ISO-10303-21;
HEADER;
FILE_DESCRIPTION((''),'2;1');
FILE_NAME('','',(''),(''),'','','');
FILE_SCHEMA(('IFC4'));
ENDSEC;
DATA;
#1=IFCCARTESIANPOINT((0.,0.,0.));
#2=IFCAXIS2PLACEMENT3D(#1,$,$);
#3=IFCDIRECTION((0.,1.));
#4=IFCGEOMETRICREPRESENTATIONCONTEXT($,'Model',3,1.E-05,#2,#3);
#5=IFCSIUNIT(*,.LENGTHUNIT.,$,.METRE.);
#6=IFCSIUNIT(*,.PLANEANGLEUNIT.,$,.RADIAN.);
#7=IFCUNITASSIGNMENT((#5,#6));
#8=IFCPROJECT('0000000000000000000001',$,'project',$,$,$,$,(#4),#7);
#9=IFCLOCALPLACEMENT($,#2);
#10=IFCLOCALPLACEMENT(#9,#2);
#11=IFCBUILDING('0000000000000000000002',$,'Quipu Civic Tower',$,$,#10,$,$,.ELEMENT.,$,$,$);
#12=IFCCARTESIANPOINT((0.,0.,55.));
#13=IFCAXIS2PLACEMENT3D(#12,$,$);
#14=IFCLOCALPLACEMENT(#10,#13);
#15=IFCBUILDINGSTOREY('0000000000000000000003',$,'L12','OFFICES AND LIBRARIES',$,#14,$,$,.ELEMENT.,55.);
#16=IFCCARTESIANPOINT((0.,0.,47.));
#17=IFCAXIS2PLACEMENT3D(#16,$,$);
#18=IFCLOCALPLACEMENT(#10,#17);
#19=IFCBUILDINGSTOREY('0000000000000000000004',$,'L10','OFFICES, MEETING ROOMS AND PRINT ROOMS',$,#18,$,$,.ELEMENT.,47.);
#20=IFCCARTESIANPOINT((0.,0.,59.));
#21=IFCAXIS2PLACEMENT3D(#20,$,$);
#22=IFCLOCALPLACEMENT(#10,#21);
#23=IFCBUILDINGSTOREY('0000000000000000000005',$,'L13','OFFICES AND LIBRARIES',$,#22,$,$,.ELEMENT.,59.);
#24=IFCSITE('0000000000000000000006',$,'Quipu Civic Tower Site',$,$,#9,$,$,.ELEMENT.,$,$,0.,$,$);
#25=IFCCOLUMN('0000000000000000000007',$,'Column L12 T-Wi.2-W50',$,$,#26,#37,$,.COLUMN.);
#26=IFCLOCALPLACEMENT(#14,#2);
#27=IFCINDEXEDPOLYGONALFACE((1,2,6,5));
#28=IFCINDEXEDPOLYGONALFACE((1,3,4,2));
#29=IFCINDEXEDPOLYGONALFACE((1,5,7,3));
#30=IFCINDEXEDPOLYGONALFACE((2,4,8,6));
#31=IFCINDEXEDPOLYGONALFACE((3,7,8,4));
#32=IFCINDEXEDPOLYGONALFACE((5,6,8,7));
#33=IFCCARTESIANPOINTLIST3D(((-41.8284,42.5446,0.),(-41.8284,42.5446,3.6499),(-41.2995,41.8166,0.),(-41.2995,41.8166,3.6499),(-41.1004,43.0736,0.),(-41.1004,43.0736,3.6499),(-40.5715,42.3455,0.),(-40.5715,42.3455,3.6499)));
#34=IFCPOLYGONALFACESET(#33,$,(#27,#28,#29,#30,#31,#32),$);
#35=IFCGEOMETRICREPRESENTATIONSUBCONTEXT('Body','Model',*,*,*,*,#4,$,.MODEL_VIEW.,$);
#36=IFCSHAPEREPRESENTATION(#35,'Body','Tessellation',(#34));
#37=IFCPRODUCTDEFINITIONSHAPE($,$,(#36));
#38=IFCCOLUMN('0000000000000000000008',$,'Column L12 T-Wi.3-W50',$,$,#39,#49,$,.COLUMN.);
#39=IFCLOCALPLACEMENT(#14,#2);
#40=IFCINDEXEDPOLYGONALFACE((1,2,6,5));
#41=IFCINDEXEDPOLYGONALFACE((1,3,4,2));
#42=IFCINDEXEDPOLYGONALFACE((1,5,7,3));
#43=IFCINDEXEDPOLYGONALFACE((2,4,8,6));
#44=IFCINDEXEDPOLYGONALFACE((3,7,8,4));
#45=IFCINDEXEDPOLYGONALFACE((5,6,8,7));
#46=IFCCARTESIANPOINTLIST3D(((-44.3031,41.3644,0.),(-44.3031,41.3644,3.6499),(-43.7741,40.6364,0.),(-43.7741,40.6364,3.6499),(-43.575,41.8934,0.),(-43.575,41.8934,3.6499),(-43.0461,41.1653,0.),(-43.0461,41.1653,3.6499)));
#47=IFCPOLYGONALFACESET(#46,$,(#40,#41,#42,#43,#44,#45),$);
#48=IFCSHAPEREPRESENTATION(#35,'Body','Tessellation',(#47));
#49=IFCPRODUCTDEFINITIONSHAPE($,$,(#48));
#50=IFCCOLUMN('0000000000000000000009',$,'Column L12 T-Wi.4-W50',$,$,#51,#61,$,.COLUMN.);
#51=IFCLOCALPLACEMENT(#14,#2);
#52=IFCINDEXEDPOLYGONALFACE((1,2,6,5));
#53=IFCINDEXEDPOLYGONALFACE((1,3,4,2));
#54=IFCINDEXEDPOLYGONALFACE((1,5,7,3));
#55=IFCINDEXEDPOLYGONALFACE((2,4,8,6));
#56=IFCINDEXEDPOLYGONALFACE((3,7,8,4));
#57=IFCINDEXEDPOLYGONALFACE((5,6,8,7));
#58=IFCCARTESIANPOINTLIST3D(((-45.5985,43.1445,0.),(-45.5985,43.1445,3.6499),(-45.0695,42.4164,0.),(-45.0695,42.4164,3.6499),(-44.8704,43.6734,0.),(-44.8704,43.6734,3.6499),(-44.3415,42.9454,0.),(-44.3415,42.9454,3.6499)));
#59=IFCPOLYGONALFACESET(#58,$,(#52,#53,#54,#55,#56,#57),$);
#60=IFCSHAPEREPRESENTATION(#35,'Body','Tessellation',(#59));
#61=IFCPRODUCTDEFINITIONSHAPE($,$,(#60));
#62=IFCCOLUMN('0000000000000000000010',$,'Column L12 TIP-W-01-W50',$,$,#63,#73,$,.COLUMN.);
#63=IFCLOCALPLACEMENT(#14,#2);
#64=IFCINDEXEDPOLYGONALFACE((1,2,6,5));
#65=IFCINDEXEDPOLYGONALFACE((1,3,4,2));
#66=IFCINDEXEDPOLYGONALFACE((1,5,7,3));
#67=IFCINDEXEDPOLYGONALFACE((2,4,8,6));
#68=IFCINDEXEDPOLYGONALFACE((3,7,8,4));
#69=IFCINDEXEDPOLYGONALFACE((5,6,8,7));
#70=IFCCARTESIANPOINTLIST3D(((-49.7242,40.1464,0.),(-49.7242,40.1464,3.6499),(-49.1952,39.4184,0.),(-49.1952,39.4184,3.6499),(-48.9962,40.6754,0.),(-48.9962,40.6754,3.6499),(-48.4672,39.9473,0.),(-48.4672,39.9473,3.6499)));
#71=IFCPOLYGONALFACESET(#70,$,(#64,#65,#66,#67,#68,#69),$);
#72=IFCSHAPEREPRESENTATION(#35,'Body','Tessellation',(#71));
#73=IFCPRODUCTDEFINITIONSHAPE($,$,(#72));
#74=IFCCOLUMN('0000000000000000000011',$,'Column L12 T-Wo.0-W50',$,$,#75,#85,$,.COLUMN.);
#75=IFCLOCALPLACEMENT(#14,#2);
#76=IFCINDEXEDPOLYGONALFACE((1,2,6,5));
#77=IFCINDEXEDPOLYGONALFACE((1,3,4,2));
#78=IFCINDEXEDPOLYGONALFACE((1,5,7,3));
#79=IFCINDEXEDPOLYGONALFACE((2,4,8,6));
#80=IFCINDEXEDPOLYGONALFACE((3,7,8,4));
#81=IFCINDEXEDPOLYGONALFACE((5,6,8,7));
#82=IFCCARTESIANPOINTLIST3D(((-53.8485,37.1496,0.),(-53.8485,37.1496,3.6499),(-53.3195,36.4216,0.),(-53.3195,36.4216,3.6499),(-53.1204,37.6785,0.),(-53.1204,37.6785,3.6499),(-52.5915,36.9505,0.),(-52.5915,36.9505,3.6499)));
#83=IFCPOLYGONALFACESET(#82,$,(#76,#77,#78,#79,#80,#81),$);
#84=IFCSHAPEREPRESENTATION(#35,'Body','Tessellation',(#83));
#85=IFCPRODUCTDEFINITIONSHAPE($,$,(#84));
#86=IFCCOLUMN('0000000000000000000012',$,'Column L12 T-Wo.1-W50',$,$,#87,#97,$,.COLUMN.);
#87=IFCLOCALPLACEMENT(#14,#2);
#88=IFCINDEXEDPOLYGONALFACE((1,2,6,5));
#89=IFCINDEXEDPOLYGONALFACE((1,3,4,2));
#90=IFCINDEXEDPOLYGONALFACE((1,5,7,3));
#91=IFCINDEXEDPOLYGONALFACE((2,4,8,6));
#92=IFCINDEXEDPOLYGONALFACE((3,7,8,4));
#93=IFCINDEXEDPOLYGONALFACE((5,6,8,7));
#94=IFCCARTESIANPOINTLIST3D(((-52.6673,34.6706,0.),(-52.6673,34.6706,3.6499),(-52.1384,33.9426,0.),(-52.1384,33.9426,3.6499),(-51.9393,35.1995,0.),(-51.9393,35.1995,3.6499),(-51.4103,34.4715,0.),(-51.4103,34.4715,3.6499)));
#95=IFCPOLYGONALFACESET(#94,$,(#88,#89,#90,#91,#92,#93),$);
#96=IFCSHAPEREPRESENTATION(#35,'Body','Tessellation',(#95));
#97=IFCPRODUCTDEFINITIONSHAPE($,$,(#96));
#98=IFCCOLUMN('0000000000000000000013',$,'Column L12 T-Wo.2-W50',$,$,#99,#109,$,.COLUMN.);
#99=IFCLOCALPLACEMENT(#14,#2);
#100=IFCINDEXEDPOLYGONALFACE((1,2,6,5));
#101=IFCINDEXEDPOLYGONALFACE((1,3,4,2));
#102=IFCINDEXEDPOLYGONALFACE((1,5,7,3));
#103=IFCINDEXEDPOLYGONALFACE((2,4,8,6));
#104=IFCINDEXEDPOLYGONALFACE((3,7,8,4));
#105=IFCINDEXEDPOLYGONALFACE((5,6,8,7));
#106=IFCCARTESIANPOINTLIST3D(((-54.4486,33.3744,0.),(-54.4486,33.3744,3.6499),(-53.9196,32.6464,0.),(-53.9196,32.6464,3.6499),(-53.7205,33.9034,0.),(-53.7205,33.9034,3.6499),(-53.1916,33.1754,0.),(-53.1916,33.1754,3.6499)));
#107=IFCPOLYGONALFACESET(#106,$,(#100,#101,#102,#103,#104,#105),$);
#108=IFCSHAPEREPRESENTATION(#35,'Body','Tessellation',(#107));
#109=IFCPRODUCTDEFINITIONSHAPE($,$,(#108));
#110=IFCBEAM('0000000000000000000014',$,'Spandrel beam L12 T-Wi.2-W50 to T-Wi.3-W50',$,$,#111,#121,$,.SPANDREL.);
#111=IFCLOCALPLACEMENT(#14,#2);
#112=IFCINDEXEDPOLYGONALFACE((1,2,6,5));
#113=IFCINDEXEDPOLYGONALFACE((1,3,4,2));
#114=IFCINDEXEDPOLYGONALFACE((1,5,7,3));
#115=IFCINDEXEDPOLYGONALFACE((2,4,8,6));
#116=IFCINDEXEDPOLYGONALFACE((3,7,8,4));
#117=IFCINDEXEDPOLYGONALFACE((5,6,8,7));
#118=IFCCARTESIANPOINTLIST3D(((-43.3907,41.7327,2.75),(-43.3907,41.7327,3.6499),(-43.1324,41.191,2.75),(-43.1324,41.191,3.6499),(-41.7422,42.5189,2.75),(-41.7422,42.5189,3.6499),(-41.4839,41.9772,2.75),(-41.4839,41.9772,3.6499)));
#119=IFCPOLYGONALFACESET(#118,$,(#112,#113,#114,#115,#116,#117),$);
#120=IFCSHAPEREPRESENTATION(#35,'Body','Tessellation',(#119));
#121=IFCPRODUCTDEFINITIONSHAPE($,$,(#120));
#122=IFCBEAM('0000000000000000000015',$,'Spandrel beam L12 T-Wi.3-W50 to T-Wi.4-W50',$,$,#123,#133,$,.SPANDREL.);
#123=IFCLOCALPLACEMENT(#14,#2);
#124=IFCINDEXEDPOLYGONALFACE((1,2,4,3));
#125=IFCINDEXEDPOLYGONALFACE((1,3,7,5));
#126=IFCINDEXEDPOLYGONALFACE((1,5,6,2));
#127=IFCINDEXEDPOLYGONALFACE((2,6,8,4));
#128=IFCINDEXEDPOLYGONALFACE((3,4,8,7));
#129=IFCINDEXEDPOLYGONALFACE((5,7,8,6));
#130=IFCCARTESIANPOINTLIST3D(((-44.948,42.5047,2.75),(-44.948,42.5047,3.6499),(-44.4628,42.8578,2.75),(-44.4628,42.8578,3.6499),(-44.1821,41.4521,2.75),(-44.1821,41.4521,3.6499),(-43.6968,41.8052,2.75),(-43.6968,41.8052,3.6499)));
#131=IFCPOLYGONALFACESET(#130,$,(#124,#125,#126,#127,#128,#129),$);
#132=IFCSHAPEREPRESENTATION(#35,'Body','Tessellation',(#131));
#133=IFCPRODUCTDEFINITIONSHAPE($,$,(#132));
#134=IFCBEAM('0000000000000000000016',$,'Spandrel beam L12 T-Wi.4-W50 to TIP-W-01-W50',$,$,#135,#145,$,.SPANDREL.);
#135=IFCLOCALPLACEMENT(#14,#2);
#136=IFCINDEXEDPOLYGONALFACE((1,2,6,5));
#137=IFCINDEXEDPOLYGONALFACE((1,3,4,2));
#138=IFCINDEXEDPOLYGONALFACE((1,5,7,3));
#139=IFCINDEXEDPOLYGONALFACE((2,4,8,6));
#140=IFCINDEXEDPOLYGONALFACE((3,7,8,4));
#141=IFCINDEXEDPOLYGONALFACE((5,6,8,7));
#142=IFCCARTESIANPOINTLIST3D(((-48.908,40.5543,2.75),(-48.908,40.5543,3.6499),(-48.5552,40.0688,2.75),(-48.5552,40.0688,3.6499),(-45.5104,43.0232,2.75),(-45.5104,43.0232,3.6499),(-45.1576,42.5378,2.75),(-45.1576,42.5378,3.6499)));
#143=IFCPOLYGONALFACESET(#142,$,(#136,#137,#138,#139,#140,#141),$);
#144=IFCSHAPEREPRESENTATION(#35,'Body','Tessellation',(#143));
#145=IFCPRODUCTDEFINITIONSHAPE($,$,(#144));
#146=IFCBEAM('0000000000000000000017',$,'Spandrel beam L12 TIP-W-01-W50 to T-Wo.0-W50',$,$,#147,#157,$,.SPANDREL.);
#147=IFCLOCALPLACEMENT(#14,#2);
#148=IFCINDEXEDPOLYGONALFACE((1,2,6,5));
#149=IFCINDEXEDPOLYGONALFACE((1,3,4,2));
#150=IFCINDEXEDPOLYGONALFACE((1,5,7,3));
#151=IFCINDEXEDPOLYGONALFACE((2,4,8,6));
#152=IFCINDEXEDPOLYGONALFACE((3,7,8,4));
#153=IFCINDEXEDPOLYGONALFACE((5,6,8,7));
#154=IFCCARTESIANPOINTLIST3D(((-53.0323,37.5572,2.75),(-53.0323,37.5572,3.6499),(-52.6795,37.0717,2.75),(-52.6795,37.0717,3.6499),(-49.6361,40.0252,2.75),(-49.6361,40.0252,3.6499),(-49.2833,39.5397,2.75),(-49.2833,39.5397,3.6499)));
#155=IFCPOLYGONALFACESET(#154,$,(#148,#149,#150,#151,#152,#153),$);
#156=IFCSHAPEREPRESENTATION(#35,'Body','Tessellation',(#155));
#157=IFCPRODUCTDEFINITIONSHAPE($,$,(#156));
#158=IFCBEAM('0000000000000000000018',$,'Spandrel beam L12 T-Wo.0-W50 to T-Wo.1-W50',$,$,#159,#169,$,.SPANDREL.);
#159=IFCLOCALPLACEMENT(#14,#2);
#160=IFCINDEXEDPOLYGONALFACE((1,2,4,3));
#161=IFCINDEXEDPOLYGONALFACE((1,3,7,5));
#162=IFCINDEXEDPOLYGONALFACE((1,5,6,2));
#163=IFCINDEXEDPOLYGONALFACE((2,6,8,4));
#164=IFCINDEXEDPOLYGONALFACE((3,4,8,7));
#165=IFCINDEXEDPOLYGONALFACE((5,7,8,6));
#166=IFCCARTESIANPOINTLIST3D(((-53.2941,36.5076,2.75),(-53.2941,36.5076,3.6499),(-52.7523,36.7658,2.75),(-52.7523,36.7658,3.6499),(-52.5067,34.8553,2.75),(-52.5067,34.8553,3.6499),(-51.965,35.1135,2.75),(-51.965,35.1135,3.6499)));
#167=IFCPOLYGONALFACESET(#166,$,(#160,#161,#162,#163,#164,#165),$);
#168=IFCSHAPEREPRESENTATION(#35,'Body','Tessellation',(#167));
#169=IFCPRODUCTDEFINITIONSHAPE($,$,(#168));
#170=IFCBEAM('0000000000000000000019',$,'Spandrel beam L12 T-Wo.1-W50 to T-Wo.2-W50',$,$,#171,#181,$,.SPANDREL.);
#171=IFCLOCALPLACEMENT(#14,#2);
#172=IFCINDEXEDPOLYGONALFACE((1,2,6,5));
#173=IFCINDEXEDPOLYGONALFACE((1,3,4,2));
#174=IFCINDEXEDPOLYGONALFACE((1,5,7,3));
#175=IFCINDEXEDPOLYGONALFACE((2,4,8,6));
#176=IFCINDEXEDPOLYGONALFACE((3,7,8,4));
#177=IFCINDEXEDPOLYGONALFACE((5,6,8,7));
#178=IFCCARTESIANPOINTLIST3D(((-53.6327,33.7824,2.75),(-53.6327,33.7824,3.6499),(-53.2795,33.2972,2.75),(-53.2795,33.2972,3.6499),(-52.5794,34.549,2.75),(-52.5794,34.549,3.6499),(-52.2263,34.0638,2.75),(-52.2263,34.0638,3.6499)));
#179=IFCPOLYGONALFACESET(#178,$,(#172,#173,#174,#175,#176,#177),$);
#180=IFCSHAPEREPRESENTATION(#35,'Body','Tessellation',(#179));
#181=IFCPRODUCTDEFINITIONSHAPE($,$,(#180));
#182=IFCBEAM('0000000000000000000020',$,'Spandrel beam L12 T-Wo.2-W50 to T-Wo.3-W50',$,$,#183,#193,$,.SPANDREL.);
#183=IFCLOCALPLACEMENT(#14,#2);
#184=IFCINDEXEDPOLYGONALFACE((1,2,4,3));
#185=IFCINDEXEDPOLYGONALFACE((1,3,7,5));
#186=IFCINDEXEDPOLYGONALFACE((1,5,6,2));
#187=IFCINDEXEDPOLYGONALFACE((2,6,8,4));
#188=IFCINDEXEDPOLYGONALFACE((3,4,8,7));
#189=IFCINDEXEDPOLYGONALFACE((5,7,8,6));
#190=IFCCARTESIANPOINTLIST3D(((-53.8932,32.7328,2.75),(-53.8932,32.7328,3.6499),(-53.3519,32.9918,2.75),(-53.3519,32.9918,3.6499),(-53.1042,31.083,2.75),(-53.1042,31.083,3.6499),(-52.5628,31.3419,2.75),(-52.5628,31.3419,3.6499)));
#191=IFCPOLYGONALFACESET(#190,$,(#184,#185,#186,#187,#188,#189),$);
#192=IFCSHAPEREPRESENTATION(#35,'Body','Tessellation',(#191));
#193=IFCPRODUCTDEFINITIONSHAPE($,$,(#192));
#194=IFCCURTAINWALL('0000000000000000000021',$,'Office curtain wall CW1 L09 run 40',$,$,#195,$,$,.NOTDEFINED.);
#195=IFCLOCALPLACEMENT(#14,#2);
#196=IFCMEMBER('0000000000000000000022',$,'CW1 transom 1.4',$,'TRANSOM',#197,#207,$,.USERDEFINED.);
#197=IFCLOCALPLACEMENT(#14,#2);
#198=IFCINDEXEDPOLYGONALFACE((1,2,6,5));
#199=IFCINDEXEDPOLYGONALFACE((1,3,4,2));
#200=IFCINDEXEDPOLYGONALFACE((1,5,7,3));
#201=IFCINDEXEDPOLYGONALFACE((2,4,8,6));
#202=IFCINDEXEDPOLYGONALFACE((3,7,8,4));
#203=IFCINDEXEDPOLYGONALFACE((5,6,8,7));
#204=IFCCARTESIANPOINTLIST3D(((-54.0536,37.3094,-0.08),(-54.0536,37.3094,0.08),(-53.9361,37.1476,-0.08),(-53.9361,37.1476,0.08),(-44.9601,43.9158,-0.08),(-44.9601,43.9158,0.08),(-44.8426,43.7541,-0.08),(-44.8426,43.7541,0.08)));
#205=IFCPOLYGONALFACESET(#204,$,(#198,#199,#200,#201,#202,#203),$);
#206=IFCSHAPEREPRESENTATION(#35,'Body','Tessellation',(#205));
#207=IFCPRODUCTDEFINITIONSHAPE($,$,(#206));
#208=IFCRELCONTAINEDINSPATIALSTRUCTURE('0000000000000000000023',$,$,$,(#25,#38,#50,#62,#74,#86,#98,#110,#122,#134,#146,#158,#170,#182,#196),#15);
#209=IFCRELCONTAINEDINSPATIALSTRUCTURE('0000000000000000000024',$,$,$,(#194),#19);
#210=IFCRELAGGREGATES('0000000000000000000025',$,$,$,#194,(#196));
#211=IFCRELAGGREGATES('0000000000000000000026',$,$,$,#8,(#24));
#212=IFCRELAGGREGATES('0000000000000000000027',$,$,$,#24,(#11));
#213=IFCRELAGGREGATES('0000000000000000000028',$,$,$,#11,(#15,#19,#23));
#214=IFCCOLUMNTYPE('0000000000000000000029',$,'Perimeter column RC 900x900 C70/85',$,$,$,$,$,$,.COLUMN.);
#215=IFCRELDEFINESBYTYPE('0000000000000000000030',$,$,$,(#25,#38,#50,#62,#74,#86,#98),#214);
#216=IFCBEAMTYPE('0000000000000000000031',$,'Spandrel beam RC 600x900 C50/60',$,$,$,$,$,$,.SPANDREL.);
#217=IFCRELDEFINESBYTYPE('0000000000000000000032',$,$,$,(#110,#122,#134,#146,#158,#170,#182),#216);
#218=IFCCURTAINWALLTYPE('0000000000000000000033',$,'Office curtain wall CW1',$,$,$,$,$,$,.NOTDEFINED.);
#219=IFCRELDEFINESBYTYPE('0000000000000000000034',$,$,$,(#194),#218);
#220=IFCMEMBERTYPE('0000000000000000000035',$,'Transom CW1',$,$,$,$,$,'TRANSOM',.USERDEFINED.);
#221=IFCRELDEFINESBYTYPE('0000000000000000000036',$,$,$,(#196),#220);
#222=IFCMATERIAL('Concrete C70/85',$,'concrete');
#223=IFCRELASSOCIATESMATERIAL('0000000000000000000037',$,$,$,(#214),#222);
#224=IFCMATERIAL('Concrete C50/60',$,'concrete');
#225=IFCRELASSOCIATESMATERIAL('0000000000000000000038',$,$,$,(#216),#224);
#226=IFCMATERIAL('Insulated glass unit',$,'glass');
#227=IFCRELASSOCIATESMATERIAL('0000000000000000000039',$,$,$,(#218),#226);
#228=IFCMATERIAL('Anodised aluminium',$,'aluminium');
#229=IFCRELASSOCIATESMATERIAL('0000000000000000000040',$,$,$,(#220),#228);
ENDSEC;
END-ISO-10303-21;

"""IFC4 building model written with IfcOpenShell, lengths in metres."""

from ifc_helpers import new_model, si_unit, direction, frame, origin, origin_2d, place, context, subcontext, project, spatial, rectangle, extrude, material, material_profile, profile_set, type_object, element, aggregate, save


model = new_model("IFC4")

# Units and contexts
model_context = context("Model", 3, precision=1e-05, world=origin(), true_north=direction((0.0, 1.0)))
body_context = subcontext(model_context, "Body", "Model", "MODEL_VIEW")
ifc_project = project(units=[si_unit("LENGTHUNIT", "METRE"), si_unit("PLANEANGLEUNIT", "RADIAN")], contexts=[model_context])

# Site, building, storey
site_placement = place(None, origin())
site = spatial("IfcSite", under=ifc_project, at=site_placement, Name="Quipu Civic Tower Site", CompositionType="ELEMENT", RefElevation=0.0)
building_placement = place(site_placement, origin())
building = spatial("IfcBuilding", under=site, at=building_placement, Name="Quipu Civic Tower", CompositionType="ELEMENT")
storey_1_placement = place(building_placement, frame((0.0, 0.0, 55.0)))
storey_1 = spatial("IfcBuildingStorey", under=building, at=storey_1_placement, Name="L12", Description="OFFICES AND LIBRARIES", CompositionType="ELEMENT", Elevation=55.0)

# Columns
ifc_material_1 = material(Name="Concrete C70/85", Category="concrete")
ifc_material_profile_1 = material_profile(ifc_material_1, rectangle(XDim=0.8999, YDim=0.8999, at=origin_2d()), Name="RC900x900")
ifc_profile_set_1 = profile_set([ifc_material_profile_1], Name="Concrete C70/85")
column_type = type_object("IfcColumnType", Name="Perimeter column RC 900x900 C70/85", PredefinedType="COLUMN", material=ifc_profile_set_1)
for number, where, z_axis, x_axis, name in (
    (1, (-41.2, 42.4451, 0.0), (0.0, 0.0, 1.0), (-0.587785, 0.809017, 0.0), "Column L12 T-Wi.2-W50"),
    (2, (-43.6746, 41.2649, 0.0), (0.0, 0.0, 1.0), (-0.809017, -0.587785, 0.0), "Column L12 T-Wi.3-W50"),
    (3, (-44.97, 43.0449, 0.0), (0.0, 0.0, 1.0), (-0.809017, -0.587785, 0.0), "Column L12 T-Wi.4-W50"),
    (4, (-49.0957, 40.0469, 0.0), (0.0, 0.0, 1.0), (-0.809017, -0.587785, 0.0), "Column L12 TIP-W-01-W50"),
    (5, (-53.22, 37.05, 0.0), (0.0, 0.0, 1.0), (0.587785, -0.809017, 0.0), "Column L12 T-Wo.0-W50"),
    (6, (-52.0388, 34.571, 0.0), (0.0, 0.0, 1.0), (-0.809017, -0.587785, 0.0), "Column L12 T-Wo.1-W50"),
    (7, (-53.8201, 33.2749, 0.0), (0.0, 0.0, 1.0), (0.587785, -0.809017, 0.0), "Column L12 T-Wo.2-W50"),
):
    element("IfcColumn", number, at=place(storey_1_placement, frame(where, z_axis=z_axis, x_axis=x_axis)), inside=storey_1, type_object=column_type, Name=name, PredefinedType="COLUMN", context=body_context, shape_type="SweptSolid", body=[
        extrude(rectangle(XDim=0.8999, YDim=0.8999, at=origin_2d()), origin(), (0.0, 0.0, 1.0), 3.6499),
    ])

# Beams
ifc_material_2 = material(Name="Concrete C50/60", Category="concrete")
ifc_material_profile_2 = material_profile(ifc_material_2, rectangle(XDim=0.6001, YDim=0.8999, at=origin_2d()), Name="RC600x900")
ifc_profile_set_2 = profile_set([ifc_material_profile_2], Name="Concrete C50/60")
beam_type = type_object("IfcBeamType", Name="Spandrel beam RC 600x900 C50/60", PredefinedType="SPANDREL", material=ifc_profile_set_2)
beam_1_placement = place(storey_1_placement, frame((-41.613, 42.248, 3.2), z_axis=(-0.902613, -0.430452, 0.0), x_axis=(0.430452, -0.902613, 0.0)))
element("IfcBeam", 8, at=beam_1_placement, inside=storey_1, type_object=beam_type, Name="Spandrel beam L12 T-Wi.2-W50 to T-Wi.3-W50", PredefinedType="SPANDREL", context=body_context, shape_type="SweptSolid", body=[
    extrude(rectangle(XDim=0.6001, YDim=0.8999, at=origin_2d()), origin(), (0.0, 0.0, 1.0), 1.8264),
])
beam_2_placement = place(storey_1_placement, frame((-43.9395, 41.6287, 3.2), z_axis=(-0.588384, 0.808582, 0.0), x_axis=(-0.808582, -0.588384, 0.0)))
element("IfcBeam", 9, at=beam_2_placement, inside=storey_1, type_object=beam_type, Name="Spandrel beam L12 T-Wi.3-W50 to T-Wi.4-W50", PredefinedType="SPANDREL", context=body_context, shape_type="SweptSolid", body=[
    extrude(rectangle(XDim=0.6001, YDim=0.8999, at=origin_2d()), origin(), (0.0, 0.0, 1.0), 1.3018),
])
beam_3_placement = place(storey_1_placement, frame((-45.334, 42.7805, 3.2), z_axis=(-0.80897, -0.58785, 0.0), x_axis=(0.58785, -0.80897, 0.0)))
element("IfcBeam", 10, at=beam_3_placement, inside=storey_1, type_object=beam_type, Name="Spandrel beam L12 T-Wi.4-W50 to TIP-W-01-W50", PredefinedType="SPANDREL", context=body_context, shape_type="SweptSolid", body=[
    extrude(rectangle(XDim=0.6001, YDim=0.8999, at=origin_2d()), origin(), (0.0, 0.0, 1.0), 4.2),
])
beam_4_placement = place(storey_1_placement, frame((-49.4597, 39.7825, 3.2), z_axis=(-0.80896, -0.587864, 0.0), x_axis=(0.587864, -0.80896, 0.0)))
element("IfcBeam", 11, at=beam_4_placement, inside=storey_1, type_object=beam_type, Name="Spandrel beam L12 TIP-W-01-W50 to T-Wo.0-W50", PredefinedType="SPANDREL", context=body_context, shape_type="SweptSolid", body=[
    extrude(rectangle(XDim=0.6001, YDim=0.8999, at=origin_2d()), origin(), (0.0, 0.0, 1.0), 4.1982),
])
beam_5_placement = place(storey_1_placement, frame((-53.0232, 36.6367, 3.2), z_axis=(0.430167, -0.90275, 0.0), x_axis=(0.90275, 0.430167, 0.0)))
element("IfcBeam", 12, at=beam_5_placement, inside=storey_1, type_object=beam_type, Name="Spandrel beam L12 T-Wo.0-W50 to T-Wo.1-W50", PredefinedType="SPANDREL", context=body_context, shape_type="SweptSolid", body=[
    extrude(rectangle(XDim=0.6001, YDim=0.8999, at=origin_2d()), origin(), (0.0, 0.0, 1.0), 1.8303),
])
beam_6_placement = place(storey_1_placement, frame((-52.4028, 34.3064, 3.2), z_axis=(-0.808509, -0.588484, 0.0), x_axis=(0.588484, -0.808509, 0.0)))
element("IfcBeam", 13, at=beam_6_placement, inside=storey_1, type_object=beam_type, Name="Spandrel beam L12 T-Wo.1-W50 to T-Wo.2-W50", PredefinedType="SPANDREL", context=body_context, shape_type="SweptSolid", body=[
    extrude(rectangle(XDim=0.6001, YDim=0.8999, at=origin_2d()), origin(), (0.0, 0.0, 1.0), 1.3027),
])
beam_7_placement = place(storey_1_placement, frame((-53.6226, 32.8623, 3.2), z_axis=(0.431446, -0.902139, 0.0), x_axis=(0.902139, 0.431446, 0.0)))
element("IfcBeam", 14, at=beam_7_placement, inside=storey_1, type_object=beam_type, Name="Spandrel beam L12 T-Wo.2-W50 to T-Wo.3-W50", PredefinedType="SPANDREL", context=body_context, shape_type="SweptSolid", body=[
    extrude(rectangle(XDim=0.6001, YDim=0.8999, at=origin_2d()), origin(), (0.0, 0.0, 1.0), 1.8289),
])

# Shared definitions
storey_2_placement = place(building_placement, frame((0.0, 0.0, 47.0)))
storey_2 = spatial("IfcBuildingStorey", under=building, at=storey_2_placement, Name="L10", Description="OFFICES, MEETING ROOMS AND PRINT ROOMS", CompositionType="ELEMENT", Elevation=47.0)

# Curtain wall, member
ifc_material_3 = material(Name="Insulated glass unit", Category="glass")
curtain_wall_type = type_object("IfcCurtainWallType", Name="Office curtain wall CW1", PredefinedType="NOTDEFINED", material=ifc_material_3)
curtain_wall_1_placement = place(storey_2_placement, origin())
curtain_wall_1 = element("IfcCurtainWall", 15, at=curtain_wall_1_placement, inside=storey_2, type_object=curtain_wall_type, Name="Office curtain wall CW1 L09 run 40", PredefinedType="NOTDEFINED")
ifc_material_4 = material(Name="Anodised aluminium", Category="aluminium")
ifc_material_profile_3 = material_profile(ifc_material_4, rectangle(XDim=0.2, YDim=0.1599, at=origin_2d()), Name="RECT 200x160")
ifc_profile_set_3 = profile_set([ifc_material_profile_3], Name="Anodised aluminium")
member_type = type_object("IfcMemberType", Name="Transom CW1", ElementType="TRANSOM", PredefinedType="USERDEFINED", material=ifc_profile_set_3)
member_1_placement = place(storey_1_placement, frame((-44.9014, 43.835, 0.0), z_axis=(-0.809033, -0.587764, 0.0), x_axis=(0.587764, -0.809033, 0.0)))
member_1 = element("IfcMember", 16, at=member_1_placement, inside=storey_1, type_object=member_type, Name="CW1 transom 1.4", ObjectType="TRANSOM", PredefinedType="USERDEFINED", context=body_context, shape_type="SweptSolid", body=[
    extrude(rectangle(XDim=0.2, YDim=0.1599, at=origin_2d()), origin(), (0.0, 0.0, 1.0), 11.24),
])
aggregate(curtain_wall_1, [member_1])

# Shared definitions
storey_3_placement = place(building_placement, frame((0.0, 0.0, 59.0)))
storey_3 = spatial("IfcBuildingStorey", under=building, at=storey_3_placement, Name="L13", Description="OFFICES AND LIBRARIES", CompositionType="ELEMENT", Elevation=59.0)

save(model, "model.ifc")
